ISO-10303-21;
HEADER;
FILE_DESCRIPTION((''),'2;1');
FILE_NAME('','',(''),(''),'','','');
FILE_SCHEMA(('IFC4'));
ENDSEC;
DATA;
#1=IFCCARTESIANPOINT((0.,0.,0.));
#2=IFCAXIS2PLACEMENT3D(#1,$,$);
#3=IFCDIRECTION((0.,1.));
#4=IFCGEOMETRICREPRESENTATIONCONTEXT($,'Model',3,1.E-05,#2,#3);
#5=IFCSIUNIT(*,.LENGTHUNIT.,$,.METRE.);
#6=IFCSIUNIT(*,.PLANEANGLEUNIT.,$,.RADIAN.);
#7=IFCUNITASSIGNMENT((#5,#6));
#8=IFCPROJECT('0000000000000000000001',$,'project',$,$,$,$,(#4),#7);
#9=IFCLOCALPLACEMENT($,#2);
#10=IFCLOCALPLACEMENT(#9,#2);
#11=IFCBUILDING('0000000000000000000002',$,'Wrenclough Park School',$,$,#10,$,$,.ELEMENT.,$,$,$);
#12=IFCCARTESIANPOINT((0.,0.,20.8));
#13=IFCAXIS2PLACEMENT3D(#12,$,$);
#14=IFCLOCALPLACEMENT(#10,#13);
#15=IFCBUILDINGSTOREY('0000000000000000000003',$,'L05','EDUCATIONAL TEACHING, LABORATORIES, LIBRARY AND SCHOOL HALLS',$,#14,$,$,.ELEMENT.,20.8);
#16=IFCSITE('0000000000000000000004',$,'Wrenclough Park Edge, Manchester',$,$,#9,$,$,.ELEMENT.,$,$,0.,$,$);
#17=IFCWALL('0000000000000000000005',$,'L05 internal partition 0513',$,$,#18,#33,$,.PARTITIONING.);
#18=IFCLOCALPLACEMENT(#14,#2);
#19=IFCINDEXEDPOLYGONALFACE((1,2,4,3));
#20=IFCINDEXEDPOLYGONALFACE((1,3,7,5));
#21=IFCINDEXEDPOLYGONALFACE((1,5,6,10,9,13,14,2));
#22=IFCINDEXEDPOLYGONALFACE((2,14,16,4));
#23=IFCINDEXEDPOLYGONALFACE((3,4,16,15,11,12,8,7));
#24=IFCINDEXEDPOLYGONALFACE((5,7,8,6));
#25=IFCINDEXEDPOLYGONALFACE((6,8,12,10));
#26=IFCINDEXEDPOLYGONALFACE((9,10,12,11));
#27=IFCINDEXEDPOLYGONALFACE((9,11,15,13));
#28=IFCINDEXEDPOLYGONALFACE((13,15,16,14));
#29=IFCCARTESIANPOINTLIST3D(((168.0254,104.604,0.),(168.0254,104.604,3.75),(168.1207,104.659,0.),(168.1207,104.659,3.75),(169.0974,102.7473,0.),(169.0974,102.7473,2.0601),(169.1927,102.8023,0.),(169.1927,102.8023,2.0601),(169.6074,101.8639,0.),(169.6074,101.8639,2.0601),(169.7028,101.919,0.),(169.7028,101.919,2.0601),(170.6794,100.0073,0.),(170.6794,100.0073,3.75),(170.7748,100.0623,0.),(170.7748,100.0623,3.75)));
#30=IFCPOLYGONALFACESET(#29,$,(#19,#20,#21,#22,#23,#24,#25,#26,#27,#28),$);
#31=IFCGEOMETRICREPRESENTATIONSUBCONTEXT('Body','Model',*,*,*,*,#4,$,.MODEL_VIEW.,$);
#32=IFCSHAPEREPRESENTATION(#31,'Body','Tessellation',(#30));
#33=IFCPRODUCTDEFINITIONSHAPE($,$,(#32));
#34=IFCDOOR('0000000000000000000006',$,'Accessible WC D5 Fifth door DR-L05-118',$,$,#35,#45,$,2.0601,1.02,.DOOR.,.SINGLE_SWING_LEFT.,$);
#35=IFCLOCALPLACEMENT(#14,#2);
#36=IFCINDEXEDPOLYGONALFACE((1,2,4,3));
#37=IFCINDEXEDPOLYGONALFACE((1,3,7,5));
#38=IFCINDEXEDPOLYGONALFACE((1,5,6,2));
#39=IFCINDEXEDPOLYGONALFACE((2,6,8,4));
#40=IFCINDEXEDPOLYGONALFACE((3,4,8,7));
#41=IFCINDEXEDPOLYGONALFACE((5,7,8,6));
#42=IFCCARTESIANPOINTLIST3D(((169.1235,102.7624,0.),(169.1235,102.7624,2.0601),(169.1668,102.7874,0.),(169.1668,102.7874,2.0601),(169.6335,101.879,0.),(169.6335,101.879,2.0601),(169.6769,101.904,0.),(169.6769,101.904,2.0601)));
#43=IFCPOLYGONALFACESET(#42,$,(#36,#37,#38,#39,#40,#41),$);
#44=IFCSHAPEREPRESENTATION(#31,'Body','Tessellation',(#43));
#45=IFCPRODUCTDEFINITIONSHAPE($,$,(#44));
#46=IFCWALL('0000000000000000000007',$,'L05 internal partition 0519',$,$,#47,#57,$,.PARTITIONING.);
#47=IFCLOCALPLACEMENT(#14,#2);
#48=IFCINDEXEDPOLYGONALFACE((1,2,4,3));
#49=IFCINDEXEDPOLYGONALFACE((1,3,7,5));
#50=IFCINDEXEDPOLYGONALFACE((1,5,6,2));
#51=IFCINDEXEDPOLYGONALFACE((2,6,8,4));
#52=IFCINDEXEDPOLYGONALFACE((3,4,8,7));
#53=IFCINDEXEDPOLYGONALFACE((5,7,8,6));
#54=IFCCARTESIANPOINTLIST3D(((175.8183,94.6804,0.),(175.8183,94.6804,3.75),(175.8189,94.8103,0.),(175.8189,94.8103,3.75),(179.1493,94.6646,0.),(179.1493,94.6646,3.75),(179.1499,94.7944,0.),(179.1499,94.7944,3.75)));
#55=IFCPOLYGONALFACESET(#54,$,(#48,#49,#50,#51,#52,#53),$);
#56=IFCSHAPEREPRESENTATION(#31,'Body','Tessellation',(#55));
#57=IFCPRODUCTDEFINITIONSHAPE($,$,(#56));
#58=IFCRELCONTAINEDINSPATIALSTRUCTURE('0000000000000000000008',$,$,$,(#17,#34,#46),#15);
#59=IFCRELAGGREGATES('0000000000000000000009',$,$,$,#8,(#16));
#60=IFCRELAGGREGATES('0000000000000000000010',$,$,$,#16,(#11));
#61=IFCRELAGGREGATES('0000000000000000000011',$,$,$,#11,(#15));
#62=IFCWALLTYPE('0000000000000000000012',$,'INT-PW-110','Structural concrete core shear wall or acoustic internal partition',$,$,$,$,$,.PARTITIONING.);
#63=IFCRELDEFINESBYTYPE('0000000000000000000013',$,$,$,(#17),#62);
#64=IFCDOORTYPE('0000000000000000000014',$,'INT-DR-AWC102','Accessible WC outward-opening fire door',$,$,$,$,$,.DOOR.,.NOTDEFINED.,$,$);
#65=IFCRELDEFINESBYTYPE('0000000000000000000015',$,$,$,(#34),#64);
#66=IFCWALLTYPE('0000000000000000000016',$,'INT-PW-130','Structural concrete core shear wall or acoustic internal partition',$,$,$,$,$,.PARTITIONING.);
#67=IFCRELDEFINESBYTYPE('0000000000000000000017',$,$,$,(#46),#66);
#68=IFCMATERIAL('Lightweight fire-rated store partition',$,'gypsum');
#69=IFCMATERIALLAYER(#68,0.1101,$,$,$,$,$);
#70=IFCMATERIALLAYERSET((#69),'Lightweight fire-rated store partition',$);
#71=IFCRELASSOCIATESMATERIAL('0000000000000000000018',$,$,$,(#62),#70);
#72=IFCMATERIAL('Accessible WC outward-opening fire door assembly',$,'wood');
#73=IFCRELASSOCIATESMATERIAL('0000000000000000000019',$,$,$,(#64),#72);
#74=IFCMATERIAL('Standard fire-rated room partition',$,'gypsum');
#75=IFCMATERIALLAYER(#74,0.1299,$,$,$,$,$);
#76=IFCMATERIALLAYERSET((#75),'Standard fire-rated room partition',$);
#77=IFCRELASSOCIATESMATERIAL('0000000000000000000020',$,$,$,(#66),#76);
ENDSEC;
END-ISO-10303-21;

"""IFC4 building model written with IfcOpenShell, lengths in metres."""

from ifc_helpers import new_model, si_unit, direction, frame, frame_2d, origin, place, context, subcontext, project, spatial, rectangle, extrude, material, layer, layer_set, type_object, element, fill, save


model = new_model("IFC4")

# Units and contexts
model_context = context("Model", 3, precision=1e-05, world=origin(), true_north=direction((0.0, 1.0)))
body_context = subcontext(model_context, "Body", "Model", "MODEL_VIEW")
ifc_project = project(units=[si_unit("LENGTHUNIT", "METRE"), si_unit("PLANEANGLEUNIT", "RADIAN")], contexts=[model_context])

# Site, building, storey
site_placement = place(None, origin())
site = spatial("IfcSite", under=ifc_project, at=site_placement, Name="Wrenclough Park Edge, Manchester", CompositionType="ELEMENT", RefElevation=0.0)
building_placement = place(site_placement, origin())
building = spatial("IfcBuilding", under=site, at=building_placement, Name="Wrenclough Park School", CompositionType="ELEMENT")
storey_placement = place(building_placement, frame((0.0, 0.0, 20.8)))
storey = spatial("IfcBuildingStorey", under=building, at=storey_placement, Name="L05", Description="EDUCATIONAL TEACHING, LABORATORIES, LIBRARY AND SCHOOL HALLS", CompositionType="ELEMENT", Elevation=20.8)

# Wall, opening, door
ifc_material_1 = material(Name="Lightweight fire-rated store partition", Category="gypsum")
ifc_layer_1 = layer(ifc_material_1, 0.1101)
ifc_layer_set_1 = layer_set([ifc_layer_1], Name="Lightweight fire-rated store partition")
wall_type_1 = type_object("IfcWallType", Name="INT-PW-110", Description="Structural concrete core shear wall or acoustic internal partition", PredefinedType="PARTITIONING", material=ifc_layer_set_1)
wall_1_placement = place(storey_placement, frame((170.7271, 100.0349, 0.0), z_axis=(0.0, 0.0, 1.0), x_axis=(-0.500022, 0.866012, 0.0)))
wall_1 = element("IfcWall", 1, at=wall_1_placement, inside=storey, type_object=wall_type_1, Name="L05 internal partition 0513", PredefinedType="PARTITIONING", context=body_context, shape_type="SweptSolid", body=[
    extrude(rectangle(XDim=5.3079, YDim=0.1101, at=frame_2d((2.6538, 0.0))), origin(), (0.0, 0.0, 1.0), 3.75),
])
opening_1_placement = place(wall_1_placement, frame((2.1438, 0.0, 0.0)))
opening_1 = element("IfcOpeningElement", 2, at=opening_1_placement, cuts=wall_1, PredefinedType="OPENING", context=body_context, shape_type="SweptSolid", body=[
    extrude(rectangle(XDim=1.02, YDim=2.0601, at=frame_2d((0.51, 1.03))), frame((0.0, 0.0649, 0.0), z_axis=(0.0, -1.0, 0.0), x_axis=(1.0, 0.0, 0.0)), (0.0, 0.0, 1.0), 0.1301),
])
ifc_material_2 = material(Name="Accessible WC outward-opening fire door assembly", Category="wood")
door_type_1 = type_object("IfcDoorType", Name="INT-DR-AWC102", Description="Accessible WC outward-opening fire door", OperationType="NOTDEFINED", PredefinedType="DOOR", material=ifc_material_2)
door_1_placement = place(opening_1_placement, origin())
door_1 = element("IfcDoor", 3, at=door_1_placement, inside=storey, type_object=door_type_1, Name="Accessible WC D5 Fifth door DR-L05-118", OperationType="SINGLE_SWING_LEFT", OverallHeight=2.0601, OverallWidth=1.02, PredefinedType="DOOR", context=body_context, shape_type="SweptSolid", body=[
    extrude(rectangle(XDim=1.02, YDim=2.0601, at=frame_2d((0.51, 1.03))), frame((0.0, 0.0249, 0.0), z_axis=(0.0, -1.0, 0.0), x_axis=(1.0, 0.0, 0.0)), (0.0, 0.0, 1.0), 0.05),
])
fill(opening_1, door_1)

# Wall
ifc_material_3 = material(Name="Standard fire-rated room partition", Category="gypsum")
ifc_layer_2 = layer(ifc_material_3, 0.1299)
ifc_layer_set_2 = layer_set([ifc_layer_2], Name="Standard fire-rated room partition")
wall_type_2 = type_object("IfcWallType", Name="INT-PW-130", Description="Structural concrete core shear wall or acoustic internal partition", PredefinedType="PARTITIONING", material=ifc_layer_set_2)
wall_2_placement = place(storey_placement, frame((175.8186, 94.7454, 0.0), z_axis=(0.0, 0.0, 1.0), x_axis=(0.999989, -0.004764, 0.0)))
element("IfcWall", 4, at=wall_2_placement, inside=storey, type_object=wall_type_2, Name="L05 internal partition 0519", PredefinedType="PARTITIONING", context=body_context, shape_type="SweptSolid", body=[
    extrude(rectangle(XDim=3.3311, YDim=0.1299, at=frame_2d((1.6655, 0.0))), origin(), (0.0, 0.0, 1.0), 3.75),
])

save(model, "model.ifc")
